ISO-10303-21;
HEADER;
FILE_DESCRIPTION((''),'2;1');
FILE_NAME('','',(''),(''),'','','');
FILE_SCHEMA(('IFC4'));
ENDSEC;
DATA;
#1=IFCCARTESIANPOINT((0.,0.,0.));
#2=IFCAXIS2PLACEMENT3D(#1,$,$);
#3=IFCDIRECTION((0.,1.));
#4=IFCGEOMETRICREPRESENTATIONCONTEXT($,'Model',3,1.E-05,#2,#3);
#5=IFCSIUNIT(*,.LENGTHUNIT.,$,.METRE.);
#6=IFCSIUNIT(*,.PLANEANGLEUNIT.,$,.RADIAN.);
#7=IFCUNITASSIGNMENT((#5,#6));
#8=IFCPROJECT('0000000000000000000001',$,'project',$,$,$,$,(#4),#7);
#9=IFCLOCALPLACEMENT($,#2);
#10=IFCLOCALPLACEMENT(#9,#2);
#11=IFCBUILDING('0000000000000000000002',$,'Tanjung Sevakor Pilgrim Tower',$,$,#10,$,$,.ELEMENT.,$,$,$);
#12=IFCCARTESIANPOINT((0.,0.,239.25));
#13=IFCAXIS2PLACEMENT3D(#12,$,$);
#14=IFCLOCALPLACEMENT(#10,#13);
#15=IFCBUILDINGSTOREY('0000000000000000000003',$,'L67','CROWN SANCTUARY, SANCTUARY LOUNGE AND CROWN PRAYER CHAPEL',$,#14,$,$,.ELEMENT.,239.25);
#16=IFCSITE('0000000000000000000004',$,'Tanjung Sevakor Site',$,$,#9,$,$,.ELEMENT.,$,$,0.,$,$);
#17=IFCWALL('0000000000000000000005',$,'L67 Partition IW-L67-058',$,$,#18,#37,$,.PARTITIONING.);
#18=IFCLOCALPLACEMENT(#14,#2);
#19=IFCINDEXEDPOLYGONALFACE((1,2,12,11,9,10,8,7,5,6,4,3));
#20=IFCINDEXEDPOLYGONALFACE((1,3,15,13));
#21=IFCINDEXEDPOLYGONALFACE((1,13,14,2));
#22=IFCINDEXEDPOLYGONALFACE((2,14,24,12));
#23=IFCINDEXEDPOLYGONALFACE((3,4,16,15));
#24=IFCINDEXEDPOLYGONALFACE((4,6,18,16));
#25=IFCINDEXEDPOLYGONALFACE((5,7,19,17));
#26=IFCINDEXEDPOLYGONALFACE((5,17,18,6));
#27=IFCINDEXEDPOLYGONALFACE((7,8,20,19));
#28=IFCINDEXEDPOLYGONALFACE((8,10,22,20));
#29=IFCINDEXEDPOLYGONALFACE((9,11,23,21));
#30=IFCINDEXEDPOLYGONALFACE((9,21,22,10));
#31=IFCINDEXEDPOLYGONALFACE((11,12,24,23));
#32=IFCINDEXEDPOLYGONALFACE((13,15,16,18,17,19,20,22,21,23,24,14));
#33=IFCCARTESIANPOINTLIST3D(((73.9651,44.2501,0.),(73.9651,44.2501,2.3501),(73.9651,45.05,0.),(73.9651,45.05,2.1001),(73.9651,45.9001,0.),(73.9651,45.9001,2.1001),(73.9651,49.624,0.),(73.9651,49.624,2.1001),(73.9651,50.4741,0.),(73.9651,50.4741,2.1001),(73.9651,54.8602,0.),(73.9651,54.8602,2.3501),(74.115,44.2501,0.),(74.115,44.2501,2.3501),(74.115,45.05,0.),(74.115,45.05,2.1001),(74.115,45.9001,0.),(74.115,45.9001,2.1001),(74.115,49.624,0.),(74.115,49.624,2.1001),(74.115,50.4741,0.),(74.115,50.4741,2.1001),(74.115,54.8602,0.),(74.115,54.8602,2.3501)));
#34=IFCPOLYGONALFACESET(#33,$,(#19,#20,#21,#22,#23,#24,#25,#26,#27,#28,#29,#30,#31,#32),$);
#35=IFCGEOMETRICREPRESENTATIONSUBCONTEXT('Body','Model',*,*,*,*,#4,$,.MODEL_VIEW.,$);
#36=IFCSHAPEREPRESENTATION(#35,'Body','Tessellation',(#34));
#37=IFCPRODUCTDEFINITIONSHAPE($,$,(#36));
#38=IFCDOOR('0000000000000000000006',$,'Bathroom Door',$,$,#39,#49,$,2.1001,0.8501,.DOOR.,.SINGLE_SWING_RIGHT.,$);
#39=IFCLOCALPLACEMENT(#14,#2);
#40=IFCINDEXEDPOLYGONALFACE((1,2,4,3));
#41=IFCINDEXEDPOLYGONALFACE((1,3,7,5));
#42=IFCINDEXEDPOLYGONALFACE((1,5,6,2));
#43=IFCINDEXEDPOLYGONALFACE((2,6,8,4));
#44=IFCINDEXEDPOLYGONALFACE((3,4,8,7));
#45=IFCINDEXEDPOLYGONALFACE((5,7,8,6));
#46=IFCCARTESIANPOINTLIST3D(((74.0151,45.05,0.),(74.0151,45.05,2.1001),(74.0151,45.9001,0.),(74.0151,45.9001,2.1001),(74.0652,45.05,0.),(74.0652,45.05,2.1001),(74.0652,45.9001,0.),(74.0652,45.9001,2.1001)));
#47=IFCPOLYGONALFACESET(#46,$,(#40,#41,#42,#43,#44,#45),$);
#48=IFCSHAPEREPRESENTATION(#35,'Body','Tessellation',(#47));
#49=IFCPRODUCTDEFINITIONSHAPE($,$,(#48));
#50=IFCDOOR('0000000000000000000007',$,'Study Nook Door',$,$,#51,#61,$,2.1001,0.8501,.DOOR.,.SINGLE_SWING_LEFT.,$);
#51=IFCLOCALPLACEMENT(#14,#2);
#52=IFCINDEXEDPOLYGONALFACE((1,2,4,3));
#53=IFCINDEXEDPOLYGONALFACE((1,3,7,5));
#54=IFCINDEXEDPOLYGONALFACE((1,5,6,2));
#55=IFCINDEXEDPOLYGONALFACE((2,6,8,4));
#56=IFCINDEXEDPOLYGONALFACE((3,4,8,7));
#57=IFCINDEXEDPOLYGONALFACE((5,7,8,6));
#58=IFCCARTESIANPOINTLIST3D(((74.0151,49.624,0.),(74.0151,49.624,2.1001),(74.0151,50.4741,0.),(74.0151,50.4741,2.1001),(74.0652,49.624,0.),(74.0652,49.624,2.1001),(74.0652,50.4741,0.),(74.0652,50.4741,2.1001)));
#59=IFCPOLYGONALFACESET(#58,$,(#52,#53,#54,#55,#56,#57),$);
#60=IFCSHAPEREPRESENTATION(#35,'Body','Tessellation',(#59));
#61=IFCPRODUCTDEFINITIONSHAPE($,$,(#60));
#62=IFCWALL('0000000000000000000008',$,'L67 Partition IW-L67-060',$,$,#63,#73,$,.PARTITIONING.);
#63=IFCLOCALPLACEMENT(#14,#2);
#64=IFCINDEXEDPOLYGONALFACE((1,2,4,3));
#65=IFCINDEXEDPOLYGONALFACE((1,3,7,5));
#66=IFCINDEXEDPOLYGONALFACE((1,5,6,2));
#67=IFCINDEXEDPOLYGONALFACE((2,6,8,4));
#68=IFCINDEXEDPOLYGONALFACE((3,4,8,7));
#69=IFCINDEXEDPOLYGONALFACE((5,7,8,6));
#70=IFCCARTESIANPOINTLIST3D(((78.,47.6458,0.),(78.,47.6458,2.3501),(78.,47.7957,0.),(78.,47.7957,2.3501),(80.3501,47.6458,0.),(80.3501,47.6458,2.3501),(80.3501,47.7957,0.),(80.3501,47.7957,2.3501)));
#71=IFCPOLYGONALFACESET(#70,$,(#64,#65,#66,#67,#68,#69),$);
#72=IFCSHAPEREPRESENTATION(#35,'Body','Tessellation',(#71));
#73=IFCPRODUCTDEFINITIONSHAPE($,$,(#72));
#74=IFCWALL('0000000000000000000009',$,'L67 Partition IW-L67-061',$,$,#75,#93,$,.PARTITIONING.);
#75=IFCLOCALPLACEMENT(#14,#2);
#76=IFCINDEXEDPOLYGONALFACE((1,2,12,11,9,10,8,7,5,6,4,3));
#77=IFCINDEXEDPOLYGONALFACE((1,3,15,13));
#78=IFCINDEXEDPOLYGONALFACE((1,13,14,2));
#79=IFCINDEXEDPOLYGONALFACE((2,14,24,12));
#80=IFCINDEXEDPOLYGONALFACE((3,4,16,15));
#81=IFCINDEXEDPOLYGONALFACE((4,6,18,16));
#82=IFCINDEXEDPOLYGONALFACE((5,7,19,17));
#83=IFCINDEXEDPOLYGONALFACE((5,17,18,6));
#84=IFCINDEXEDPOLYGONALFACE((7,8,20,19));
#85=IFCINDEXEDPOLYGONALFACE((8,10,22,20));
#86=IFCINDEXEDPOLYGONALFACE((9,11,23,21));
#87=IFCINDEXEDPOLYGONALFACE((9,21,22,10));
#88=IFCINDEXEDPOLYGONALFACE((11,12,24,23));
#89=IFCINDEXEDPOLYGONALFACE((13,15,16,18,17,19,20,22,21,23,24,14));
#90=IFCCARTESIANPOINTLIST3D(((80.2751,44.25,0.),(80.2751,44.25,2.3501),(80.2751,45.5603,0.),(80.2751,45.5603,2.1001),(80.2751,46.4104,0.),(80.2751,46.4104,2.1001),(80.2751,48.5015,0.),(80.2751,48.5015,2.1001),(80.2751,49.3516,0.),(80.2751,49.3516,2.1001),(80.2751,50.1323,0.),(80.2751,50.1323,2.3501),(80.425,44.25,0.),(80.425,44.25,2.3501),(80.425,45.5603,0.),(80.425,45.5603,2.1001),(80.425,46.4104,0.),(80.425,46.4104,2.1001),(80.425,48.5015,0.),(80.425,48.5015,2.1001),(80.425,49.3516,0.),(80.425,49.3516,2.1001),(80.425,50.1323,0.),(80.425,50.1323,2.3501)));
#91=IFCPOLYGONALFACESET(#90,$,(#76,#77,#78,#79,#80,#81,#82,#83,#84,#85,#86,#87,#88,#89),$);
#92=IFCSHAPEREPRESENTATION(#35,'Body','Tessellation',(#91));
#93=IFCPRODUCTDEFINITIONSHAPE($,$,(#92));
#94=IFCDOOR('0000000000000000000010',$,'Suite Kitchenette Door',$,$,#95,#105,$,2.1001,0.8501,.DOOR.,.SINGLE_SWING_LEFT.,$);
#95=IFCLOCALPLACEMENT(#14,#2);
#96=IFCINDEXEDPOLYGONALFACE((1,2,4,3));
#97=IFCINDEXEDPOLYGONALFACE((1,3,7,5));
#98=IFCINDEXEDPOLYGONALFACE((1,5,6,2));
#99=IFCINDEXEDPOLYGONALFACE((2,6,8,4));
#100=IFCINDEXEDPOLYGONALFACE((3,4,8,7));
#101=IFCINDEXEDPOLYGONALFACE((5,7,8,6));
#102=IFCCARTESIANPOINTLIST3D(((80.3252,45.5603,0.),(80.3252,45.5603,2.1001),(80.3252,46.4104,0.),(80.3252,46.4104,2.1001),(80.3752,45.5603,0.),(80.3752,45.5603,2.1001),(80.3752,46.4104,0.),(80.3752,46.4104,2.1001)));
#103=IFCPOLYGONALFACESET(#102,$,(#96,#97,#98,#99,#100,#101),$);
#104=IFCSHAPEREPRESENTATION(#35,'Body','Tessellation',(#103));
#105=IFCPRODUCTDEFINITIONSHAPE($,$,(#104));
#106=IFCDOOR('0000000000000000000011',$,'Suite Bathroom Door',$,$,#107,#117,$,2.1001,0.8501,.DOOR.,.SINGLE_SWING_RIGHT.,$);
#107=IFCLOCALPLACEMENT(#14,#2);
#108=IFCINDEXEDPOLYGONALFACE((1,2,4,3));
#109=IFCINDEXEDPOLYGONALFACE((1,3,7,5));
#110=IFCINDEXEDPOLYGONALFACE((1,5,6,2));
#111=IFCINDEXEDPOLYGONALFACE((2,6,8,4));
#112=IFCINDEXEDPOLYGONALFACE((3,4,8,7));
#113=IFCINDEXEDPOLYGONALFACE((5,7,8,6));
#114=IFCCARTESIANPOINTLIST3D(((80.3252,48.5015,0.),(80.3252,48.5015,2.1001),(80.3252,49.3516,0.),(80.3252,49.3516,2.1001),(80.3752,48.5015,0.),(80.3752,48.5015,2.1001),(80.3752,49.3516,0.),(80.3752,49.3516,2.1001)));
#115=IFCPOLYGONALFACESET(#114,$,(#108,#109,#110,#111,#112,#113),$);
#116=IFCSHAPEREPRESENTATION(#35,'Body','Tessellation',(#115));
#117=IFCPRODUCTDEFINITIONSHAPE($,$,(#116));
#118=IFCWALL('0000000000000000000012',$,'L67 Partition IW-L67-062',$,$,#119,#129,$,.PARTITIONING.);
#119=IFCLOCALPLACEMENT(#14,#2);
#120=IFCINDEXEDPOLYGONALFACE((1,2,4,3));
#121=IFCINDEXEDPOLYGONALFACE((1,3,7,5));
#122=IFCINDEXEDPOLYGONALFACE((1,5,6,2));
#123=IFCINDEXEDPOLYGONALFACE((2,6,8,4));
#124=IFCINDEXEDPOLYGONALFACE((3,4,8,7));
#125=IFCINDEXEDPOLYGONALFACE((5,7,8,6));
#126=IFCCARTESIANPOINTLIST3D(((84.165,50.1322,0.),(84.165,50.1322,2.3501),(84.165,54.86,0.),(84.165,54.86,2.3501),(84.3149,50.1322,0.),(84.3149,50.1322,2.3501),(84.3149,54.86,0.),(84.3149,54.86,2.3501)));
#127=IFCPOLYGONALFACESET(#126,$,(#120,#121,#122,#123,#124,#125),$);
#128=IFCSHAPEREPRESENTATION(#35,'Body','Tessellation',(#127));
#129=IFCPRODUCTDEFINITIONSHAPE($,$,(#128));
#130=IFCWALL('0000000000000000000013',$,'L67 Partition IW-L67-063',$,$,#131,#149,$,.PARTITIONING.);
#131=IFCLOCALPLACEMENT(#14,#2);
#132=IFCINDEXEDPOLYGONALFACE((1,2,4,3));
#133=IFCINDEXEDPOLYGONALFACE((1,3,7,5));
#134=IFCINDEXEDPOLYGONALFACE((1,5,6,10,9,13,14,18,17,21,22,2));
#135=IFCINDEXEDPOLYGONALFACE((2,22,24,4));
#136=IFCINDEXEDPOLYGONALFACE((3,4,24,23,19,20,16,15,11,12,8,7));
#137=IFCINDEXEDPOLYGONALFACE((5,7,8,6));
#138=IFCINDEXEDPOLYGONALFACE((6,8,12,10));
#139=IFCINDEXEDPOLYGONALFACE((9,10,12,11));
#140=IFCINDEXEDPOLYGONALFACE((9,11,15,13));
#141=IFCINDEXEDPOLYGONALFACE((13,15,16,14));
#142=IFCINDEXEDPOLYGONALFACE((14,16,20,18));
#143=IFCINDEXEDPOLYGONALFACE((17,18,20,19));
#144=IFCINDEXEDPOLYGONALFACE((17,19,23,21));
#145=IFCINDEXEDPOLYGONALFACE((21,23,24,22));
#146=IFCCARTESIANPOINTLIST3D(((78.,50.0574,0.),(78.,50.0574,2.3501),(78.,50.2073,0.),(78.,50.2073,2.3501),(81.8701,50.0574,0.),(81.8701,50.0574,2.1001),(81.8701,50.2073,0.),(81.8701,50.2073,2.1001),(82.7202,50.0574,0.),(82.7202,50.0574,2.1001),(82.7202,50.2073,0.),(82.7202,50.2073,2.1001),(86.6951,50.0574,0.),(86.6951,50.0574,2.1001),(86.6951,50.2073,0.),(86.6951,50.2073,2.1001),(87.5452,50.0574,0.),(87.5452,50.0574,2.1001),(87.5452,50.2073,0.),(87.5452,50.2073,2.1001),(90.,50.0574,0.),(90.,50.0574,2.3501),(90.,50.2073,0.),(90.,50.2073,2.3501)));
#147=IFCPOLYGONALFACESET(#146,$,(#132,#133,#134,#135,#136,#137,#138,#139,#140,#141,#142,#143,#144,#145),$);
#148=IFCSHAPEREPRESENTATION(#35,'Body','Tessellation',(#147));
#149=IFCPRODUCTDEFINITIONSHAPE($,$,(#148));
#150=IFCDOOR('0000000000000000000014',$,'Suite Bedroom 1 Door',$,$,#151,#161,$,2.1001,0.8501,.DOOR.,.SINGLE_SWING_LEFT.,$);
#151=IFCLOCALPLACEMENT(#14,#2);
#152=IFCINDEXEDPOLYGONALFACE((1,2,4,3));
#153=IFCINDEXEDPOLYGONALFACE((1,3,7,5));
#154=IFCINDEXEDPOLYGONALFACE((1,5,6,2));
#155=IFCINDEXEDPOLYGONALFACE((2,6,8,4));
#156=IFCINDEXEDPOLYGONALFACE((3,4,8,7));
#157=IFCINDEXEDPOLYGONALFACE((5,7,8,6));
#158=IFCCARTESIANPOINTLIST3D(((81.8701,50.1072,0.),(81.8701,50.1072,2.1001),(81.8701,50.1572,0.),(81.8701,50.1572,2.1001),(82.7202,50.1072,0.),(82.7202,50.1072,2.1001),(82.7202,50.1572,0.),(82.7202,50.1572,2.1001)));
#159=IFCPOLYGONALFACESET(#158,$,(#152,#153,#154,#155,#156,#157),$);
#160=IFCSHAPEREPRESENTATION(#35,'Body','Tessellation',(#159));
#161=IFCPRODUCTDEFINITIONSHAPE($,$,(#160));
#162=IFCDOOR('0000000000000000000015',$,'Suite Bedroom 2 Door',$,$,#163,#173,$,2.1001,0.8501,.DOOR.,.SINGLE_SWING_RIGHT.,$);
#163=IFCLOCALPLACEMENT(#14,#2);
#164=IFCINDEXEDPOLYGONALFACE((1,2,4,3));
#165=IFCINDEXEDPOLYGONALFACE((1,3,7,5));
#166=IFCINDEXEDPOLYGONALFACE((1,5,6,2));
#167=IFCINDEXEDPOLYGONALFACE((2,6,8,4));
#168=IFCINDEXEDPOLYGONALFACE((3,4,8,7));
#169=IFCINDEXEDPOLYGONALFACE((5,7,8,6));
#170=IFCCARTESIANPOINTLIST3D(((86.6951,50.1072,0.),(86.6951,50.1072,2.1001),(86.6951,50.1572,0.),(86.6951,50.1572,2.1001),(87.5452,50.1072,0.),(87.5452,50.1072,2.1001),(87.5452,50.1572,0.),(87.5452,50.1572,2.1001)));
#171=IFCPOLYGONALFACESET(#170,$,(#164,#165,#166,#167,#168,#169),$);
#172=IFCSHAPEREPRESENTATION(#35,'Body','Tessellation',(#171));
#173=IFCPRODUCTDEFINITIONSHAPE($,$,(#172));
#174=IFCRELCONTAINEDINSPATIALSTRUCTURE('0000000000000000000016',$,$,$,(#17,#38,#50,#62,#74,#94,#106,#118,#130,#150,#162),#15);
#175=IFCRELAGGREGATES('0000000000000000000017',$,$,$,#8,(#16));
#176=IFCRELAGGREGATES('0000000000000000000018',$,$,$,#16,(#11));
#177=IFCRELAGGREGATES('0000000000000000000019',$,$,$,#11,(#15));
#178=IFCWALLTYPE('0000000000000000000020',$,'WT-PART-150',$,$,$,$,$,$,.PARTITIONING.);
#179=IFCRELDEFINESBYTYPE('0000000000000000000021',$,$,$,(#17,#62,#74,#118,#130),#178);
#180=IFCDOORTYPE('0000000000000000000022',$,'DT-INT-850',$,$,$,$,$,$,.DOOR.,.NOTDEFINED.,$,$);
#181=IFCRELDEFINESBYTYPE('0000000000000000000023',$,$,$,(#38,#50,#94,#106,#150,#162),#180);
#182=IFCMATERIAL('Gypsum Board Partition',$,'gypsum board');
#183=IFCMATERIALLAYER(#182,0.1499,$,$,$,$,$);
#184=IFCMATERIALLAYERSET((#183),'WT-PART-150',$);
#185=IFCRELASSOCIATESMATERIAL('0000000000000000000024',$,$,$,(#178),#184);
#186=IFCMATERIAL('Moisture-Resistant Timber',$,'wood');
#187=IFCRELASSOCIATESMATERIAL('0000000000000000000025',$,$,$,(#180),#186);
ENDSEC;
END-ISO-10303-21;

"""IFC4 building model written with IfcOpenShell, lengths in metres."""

from ifc_helpers import new_model, si_unit, direction, frame, frame_2d, origin, place, context, subcontext, project, spatial, rectangle, extrude, material, layer, layer_set, type_object, element, fill, save


model = new_model("IFC4")

# Units and contexts
model_context = context("Model", 3, precision=1e-05, world=origin(), true_north=direction((0.0, 1.0)))
body_context = subcontext(model_context, "Body", "Model", "MODEL_VIEW")
ifc_project = project(units=[si_unit("LENGTHUNIT", "METRE"), si_unit("PLANEANGLEUNIT", "RADIAN")], contexts=[model_context])

# Site, building, storey
site_placement = place(None, origin())
site = spatial("IfcSite", under=ifc_project, at=site_placement, Name="Tanjung Sevakor Site", CompositionType="ELEMENT", RefElevation=0.0)
building_placement = place(site_placement, origin())
building = spatial("IfcBuilding", under=site, at=building_placement, Name="Tanjung Sevakor Pilgrim Tower", CompositionType="ELEMENT")
storey_placement = place(building_placement, frame((0.0, 0.0, 239.25)))
storey = spatial("IfcBuildingStorey", under=building, at=storey_placement, Name="L67", Description="CROWN SANCTUARY, SANCTUARY LOUNGE AND CROWN PRAYER CHAPEL", CompositionType="ELEMENT", Elevation=239.25)

# Shared definitions
ifc_material_1 = material(Name="Gypsum Board Partition", Category="gypsum board")
ifc_layer_1 = layer(ifc_material_1, 0.1499)
ifc_layer_set_1 = layer_set([ifc_layer_1], Name="WT-PART-150")
wall_type_1 = type_object("IfcWallType", Name="WT-PART-150", PredefinedType="PARTITIONING", material=ifc_layer_set_1)

# Wall, openings, doors
wall_1_placement = place(storey_placement, frame((74.04, 44.25, 0.0), z_axis=(0.0, 0.0, 1.0), x_axis=(0.0, 1.0, 0.0)))
wall_1 = element("IfcWall", 1, at=wall_1_placement, inside=storey, type_object=wall_type_1, Name="L67 Partition IW-L67-058", PredefinedType="PARTITIONING", context=body_context, shape_type="SweptSolid", body=[
    extrude(rectangle(XDim=10.6101, YDim=0.1499, at=frame_2d((5.3052, 0.0))), origin(), (0.0, 0.0, 1.0), 2.3501),
])
opening_1_placement = place(wall_1_placement, frame((0.8, 0.0, 0.0)))
opening_1 = element("IfcOpeningElement", 2, at=opening_1_placement, cuts=wall_1, PredefinedType="OPENING", context=body_context, shape_type="SweptSolid", body=[
    extrude(rectangle(XDim=0.8501, YDim=2.1001, at=frame_2d((0.425, 1.05))), frame((0.0, 0.085, 0.0), z_axis=(0.0, -1.0, 0.0), x_axis=(1.0, 0.0, 0.0)), (0.0, 0.0, 1.0), 0.1699),
])
opening_2_placement = place(wall_1_placement, frame((5.374, 0.0, 0.0)))
opening_2 = element("IfcOpeningElement", 3, at=opening_2_placement, cuts=wall_1, PredefinedType="OPENING", context=body_context, shape_type="SweptSolid", body=[
    extrude(rectangle(XDim=0.8501, YDim=2.1001, at=frame_2d((0.425, 1.05))), frame((0.0, 0.085, 0.0), z_axis=(0.0, -1.0, 0.0), x_axis=(1.0, 0.0, 0.0)), (0.0, 0.0, 1.0), 0.1699),
])
ifc_material_2 = material(Name="Moisture-Resistant Timber", Category="wood")
door_type_1 = type_object("IfcDoorType", Name="DT-INT-850", OperationType="NOTDEFINED", PredefinedType="DOOR", material=ifc_material_2)
door_1_placement = place(opening_1_placement, origin())
door_1 = element("IfcDoor", 4, at=door_1_placement, inside=storey, type_object=door_type_1, Name="Bathroom Door", OperationType="SINGLE_SWING_RIGHT", OverallHeight=2.1001, OverallWidth=0.8501, PredefinedType="DOOR", context=body_context, shape_type="SweptSolid", body=[
    extrude(rectangle(XDim=0.8501, YDim=2.1001, at=frame_2d((0.425, 1.05))), frame((0.0, 0.0249, 0.0), z_axis=(0.0, -1.0, 0.0), x_axis=(1.0, 0.0, 0.0)), (0.0, 0.0, 1.0), 0.05),
])
fill(opening_1, door_1)
door_2_placement = place(opening_2_placement, origin())
door_2 = element("IfcDoor", 5, at=door_2_placement, inside=storey, type_object=door_type_1, Name="Study Nook Door", OperationType="SINGLE_SWING_LEFT", OverallHeight=2.1001, OverallWidth=0.8501, PredefinedType="DOOR", context=body_context, shape_type="SweptSolid", body=[
    extrude(rectangle(XDim=0.8501, YDim=2.1001, at=frame_2d((0.425, 1.05))), frame((0.0, 0.0249, 0.0), z_axis=(0.0, -1.0, 0.0), x_axis=(1.0, 0.0, 0.0)), (0.0, 0.0, 1.0), 0.05),
])
fill(opening_2, door_2)

# Wall
wall_2_placement = place(storey_placement, frame((78.0, 47.7207, 0.0), z_axis=(0.0, 0.0, 1.0), x_axis=(1.0, 0.0, 0.0)))
element("IfcWall", 6, at=wall_2_placement, inside=storey, type_object=wall_type_1, Name="L67 Partition IW-L67-060", PredefinedType="PARTITIONING", context=body_context, shape_type="SweptSolid", body=[
    extrude(rectangle(XDim=2.3501, YDim=0.1499, at=frame_2d((1.175, 0.0))), origin(), (0.0, 0.0, 1.0), 2.3501),
])

# Wall, openings, doors
wall_3_placement = place(storey_placement, frame((80.3501, 44.25, 0.0), z_axis=(0.0, 0.0, 1.0), x_axis=(0.0, 1.0, 0.0)))
wall_3 = element("IfcWall", 7, at=wall_3_placement, inside=storey, type_object=wall_type_1, Name="L67 Partition IW-L67-061", PredefinedType="PARTITIONING", context=body_context, shape_type="SweptSolid", body=[
    extrude(rectangle(XDim=5.8823, YDim=0.1499, at=frame_2d((2.9412, 0.0))), origin(), (0.0, 0.0, 1.0), 2.3501),
])
opening_3_placement = place(wall_3_placement, frame((1.3103, 0.0, 0.0)))
opening_3 = element("IfcOpeningElement", 8, at=opening_3_placement, cuts=wall_3, PredefinedType="OPENING", context=body_context, shape_type="SweptSolid", body=[
    extrude(rectangle(XDim=0.8501, YDim=2.1001, at=frame_2d((0.425, 1.05))), frame((0.0, 0.085, 0.0), z_axis=(0.0, -1.0, 0.0), x_axis=(1.0, 0.0, 0.0)), (0.0, 0.0, 1.0), 0.1699),
])
opening_4_placement = place(wall_3_placement, frame((4.2515, 0.0, 0.0)))
opening_4 = element("IfcOpeningElement", 9, at=opening_4_placement, cuts=wall_3, PredefinedType="OPENING", context=body_context, shape_type="SweptSolid", body=[
    extrude(rectangle(XDim=0.8501, YDim=2.1001, at=frame_2d((0.425, 1.05))), frame((0.0, 0.085, 0.0), z_axis=(0.0, -1.0, 0.0), x_axis=(1.0, 0.0, 0.0)), (0.0, 0.0, 1.0), 0.1699),
])
door_3_placement = place(opening_3_placement, origin())
door_3 = element("IfcDoor", 10, at=door_3_placement, inside=storey, type_object=door_type_1, Name="Suite Kitchenette Door", OperationType="SINGLE_SWING_LEFT", OverallHeight=2.1001, OverallWidth=0.8501, PredefinedType="DOOR", context=body_context, shape_type="SweptSolid", body=[
    extrude(rectangle(XDim=0.8501, YDim=2.1001, at=frame_2d((0.425, 1.05))), frame((0.0, 0.0249, 0.0), z_axis=(0.0, -1.0, 0.0), x_axis=(1.0, 0.0, 0.0)), (0.0, 0.0, 1.0), 0.05),
])
fill(opening_3, door_3)
door_4_placement = place(opening_4_placement, origin())
door_4 = element("IfcDoor", 11, at=door_4_placement, inside=storey, type_object=door_type_1, Name="Suite Bathroom Door", OperationType="SINGLE_SWING_RIGHT", OverallHeight=2.1001, OverallWidth=0.8501, PredefinedType="DOOR", context=body_context, shape_type="SweptSolid", body=[
    extrude(rectangle(XDim=0.8501, YDim=2.1001, at=frame_2d((0.425, 1.05))), frame((0.0, 0.0249, 0.0), z_axis=(0.0, -1.0, 0.0), x_axis=(1.0, 0.0, 0.0)), (0.0, 0.0, 1.0), 0.05),
])
fill(opening_4, door_4)

# Wall
wall_4_placement = place(storey_placement, frame((84.24, 50.1323, 0.0), z_axis=(0.0, 0.0, 1.0), x_axis=(0.0, 1.0, 0.0)))
element("IfcWall", 12, at=wall_4_placement, inside=storey, type_object=wall_type_1, Name="L67 Partition IW-L67-062", PredefinedType="PARTITIONING", context=body_context, shape_type="SweptSolid", body=[
    extrude(rectangle(XDim=4.7278, YDim=0.1499, at=frame_2d((2.3638, 0.0))), origin(), (0.0, 0.0, 1.0), 2.3501),
])

# Wall, openings, doors
wall_5_placement = place(storey_placement, frame((78.0, 50.1323, 0.0), z_axis=(0.0, 0.0, 1.0), x_axis=(1.0, 0.0, 0.0)))
wall_5 = element("IfcWall", 13, at=wall_5_placement, inside=storey, type_object=wall_type_1, Name="L67 Partition IW-L67-063", PredefinedType="PARTITIONING", context=body_context, shape_type="SweptSolid", body=[
    extrude(rectangle(XDim=12.0, YDim=0.1499, at=frame_2d((6.0, 0.0))), origin(), (0.0, 0.0, 1.0), 2.3501),
])
opening_5_placement = place(wall_5_placement, frame((3.8701, 0.0, 0.0)))
opening_5 = element("IfcOpeningElement", 14, at=opening_5_placement, cuts=wall_5, PredefinedType="OPENING", context=body_context, shape_type="SweptSolid", body=[
    extrude(rectangle(XDim=0.8501, YDim=2.1001, at=frame_2d((0.425, 1.05))), frame((0.0, 0.085, 0.0), z_axis=(0.0, -1.0, 0.0), x_axis=(1.0, 0.0, 0.0)), (0.0, 0.0, 1.0), 0.1699),
])
opening_6_placement = place(wall_5_placement, frame((8.6951, 0.0, 0.0)))
opening_6 = element("IfcOpeningElement", 15, at=opening_6_placement, cuts=wall_5, PredefinedType="OPENING", context=body_context, shape_type="SweptSolid", body=[
    extrude(rectangle(XDim=0.8501, YDim=2.1001, at=frame_2d((0.425, 1.05))), frame((0.0, 0.085, 0.0), z_axis=(0.0, -1.0, 0.0), x_axis=(1.0, 0.0, 0.0)), (0.0, 0.0, 1.0), 0.1699),
])
door_5_placement = place(opening_5_placement, origin())
door_5 = element("IfcDoor", 16, at=door_5_placement, inside=storey, type_object=door_type_1, Name="Suite Bedroom 1 Door", OperationType="SINGLE_SWING_LEFT", OverallHeight=2.1001, OverallWidth=0.8501, PredefinedType="DOOR", context=body_context, shape_type="SweptSolid", body=[
    extrude(rectangle(XDim=0.8501, YDim=2.1001, at=frame_2d((0.425, 1.05))), frame((0.0, 0.0249, 0.0), z_axis=(0.0, -1.0, 0.0), x_axis=(1.0, 0.0, 0.0)), (0.0, 0.0, 1.0), 0.05),
])
fill(opening_5, door_5)
door_6_placement = place(opening_6_placement, origin())
door_6 = element("IfcDoor", 17, at=door_6_placement, inside=storey, type_object=door_type_1, Name="Suite Bedroom 2 Door", OperationType="SINGLE_SWING_RIGHT", OverallHeight=2.1001, OverallWidth=0.8501, PredefinedType="DOOR", context=body_context, shape_type="SweptSolid", body=[
    extrude(rectangle(XDim=0.8501, YDim=2.1001, at=frame_2d((0.425, 1.05))), frame((0.0, 0.0249, 0.0), z_axis=(0.0, -1.0, 0.0), x_axis=(1.0, 0.0, 0.0)), (0.0, 0.0, 1.0), 0.05),
])
fill(opening_6, door_6)

save(model, "model.ifc")
